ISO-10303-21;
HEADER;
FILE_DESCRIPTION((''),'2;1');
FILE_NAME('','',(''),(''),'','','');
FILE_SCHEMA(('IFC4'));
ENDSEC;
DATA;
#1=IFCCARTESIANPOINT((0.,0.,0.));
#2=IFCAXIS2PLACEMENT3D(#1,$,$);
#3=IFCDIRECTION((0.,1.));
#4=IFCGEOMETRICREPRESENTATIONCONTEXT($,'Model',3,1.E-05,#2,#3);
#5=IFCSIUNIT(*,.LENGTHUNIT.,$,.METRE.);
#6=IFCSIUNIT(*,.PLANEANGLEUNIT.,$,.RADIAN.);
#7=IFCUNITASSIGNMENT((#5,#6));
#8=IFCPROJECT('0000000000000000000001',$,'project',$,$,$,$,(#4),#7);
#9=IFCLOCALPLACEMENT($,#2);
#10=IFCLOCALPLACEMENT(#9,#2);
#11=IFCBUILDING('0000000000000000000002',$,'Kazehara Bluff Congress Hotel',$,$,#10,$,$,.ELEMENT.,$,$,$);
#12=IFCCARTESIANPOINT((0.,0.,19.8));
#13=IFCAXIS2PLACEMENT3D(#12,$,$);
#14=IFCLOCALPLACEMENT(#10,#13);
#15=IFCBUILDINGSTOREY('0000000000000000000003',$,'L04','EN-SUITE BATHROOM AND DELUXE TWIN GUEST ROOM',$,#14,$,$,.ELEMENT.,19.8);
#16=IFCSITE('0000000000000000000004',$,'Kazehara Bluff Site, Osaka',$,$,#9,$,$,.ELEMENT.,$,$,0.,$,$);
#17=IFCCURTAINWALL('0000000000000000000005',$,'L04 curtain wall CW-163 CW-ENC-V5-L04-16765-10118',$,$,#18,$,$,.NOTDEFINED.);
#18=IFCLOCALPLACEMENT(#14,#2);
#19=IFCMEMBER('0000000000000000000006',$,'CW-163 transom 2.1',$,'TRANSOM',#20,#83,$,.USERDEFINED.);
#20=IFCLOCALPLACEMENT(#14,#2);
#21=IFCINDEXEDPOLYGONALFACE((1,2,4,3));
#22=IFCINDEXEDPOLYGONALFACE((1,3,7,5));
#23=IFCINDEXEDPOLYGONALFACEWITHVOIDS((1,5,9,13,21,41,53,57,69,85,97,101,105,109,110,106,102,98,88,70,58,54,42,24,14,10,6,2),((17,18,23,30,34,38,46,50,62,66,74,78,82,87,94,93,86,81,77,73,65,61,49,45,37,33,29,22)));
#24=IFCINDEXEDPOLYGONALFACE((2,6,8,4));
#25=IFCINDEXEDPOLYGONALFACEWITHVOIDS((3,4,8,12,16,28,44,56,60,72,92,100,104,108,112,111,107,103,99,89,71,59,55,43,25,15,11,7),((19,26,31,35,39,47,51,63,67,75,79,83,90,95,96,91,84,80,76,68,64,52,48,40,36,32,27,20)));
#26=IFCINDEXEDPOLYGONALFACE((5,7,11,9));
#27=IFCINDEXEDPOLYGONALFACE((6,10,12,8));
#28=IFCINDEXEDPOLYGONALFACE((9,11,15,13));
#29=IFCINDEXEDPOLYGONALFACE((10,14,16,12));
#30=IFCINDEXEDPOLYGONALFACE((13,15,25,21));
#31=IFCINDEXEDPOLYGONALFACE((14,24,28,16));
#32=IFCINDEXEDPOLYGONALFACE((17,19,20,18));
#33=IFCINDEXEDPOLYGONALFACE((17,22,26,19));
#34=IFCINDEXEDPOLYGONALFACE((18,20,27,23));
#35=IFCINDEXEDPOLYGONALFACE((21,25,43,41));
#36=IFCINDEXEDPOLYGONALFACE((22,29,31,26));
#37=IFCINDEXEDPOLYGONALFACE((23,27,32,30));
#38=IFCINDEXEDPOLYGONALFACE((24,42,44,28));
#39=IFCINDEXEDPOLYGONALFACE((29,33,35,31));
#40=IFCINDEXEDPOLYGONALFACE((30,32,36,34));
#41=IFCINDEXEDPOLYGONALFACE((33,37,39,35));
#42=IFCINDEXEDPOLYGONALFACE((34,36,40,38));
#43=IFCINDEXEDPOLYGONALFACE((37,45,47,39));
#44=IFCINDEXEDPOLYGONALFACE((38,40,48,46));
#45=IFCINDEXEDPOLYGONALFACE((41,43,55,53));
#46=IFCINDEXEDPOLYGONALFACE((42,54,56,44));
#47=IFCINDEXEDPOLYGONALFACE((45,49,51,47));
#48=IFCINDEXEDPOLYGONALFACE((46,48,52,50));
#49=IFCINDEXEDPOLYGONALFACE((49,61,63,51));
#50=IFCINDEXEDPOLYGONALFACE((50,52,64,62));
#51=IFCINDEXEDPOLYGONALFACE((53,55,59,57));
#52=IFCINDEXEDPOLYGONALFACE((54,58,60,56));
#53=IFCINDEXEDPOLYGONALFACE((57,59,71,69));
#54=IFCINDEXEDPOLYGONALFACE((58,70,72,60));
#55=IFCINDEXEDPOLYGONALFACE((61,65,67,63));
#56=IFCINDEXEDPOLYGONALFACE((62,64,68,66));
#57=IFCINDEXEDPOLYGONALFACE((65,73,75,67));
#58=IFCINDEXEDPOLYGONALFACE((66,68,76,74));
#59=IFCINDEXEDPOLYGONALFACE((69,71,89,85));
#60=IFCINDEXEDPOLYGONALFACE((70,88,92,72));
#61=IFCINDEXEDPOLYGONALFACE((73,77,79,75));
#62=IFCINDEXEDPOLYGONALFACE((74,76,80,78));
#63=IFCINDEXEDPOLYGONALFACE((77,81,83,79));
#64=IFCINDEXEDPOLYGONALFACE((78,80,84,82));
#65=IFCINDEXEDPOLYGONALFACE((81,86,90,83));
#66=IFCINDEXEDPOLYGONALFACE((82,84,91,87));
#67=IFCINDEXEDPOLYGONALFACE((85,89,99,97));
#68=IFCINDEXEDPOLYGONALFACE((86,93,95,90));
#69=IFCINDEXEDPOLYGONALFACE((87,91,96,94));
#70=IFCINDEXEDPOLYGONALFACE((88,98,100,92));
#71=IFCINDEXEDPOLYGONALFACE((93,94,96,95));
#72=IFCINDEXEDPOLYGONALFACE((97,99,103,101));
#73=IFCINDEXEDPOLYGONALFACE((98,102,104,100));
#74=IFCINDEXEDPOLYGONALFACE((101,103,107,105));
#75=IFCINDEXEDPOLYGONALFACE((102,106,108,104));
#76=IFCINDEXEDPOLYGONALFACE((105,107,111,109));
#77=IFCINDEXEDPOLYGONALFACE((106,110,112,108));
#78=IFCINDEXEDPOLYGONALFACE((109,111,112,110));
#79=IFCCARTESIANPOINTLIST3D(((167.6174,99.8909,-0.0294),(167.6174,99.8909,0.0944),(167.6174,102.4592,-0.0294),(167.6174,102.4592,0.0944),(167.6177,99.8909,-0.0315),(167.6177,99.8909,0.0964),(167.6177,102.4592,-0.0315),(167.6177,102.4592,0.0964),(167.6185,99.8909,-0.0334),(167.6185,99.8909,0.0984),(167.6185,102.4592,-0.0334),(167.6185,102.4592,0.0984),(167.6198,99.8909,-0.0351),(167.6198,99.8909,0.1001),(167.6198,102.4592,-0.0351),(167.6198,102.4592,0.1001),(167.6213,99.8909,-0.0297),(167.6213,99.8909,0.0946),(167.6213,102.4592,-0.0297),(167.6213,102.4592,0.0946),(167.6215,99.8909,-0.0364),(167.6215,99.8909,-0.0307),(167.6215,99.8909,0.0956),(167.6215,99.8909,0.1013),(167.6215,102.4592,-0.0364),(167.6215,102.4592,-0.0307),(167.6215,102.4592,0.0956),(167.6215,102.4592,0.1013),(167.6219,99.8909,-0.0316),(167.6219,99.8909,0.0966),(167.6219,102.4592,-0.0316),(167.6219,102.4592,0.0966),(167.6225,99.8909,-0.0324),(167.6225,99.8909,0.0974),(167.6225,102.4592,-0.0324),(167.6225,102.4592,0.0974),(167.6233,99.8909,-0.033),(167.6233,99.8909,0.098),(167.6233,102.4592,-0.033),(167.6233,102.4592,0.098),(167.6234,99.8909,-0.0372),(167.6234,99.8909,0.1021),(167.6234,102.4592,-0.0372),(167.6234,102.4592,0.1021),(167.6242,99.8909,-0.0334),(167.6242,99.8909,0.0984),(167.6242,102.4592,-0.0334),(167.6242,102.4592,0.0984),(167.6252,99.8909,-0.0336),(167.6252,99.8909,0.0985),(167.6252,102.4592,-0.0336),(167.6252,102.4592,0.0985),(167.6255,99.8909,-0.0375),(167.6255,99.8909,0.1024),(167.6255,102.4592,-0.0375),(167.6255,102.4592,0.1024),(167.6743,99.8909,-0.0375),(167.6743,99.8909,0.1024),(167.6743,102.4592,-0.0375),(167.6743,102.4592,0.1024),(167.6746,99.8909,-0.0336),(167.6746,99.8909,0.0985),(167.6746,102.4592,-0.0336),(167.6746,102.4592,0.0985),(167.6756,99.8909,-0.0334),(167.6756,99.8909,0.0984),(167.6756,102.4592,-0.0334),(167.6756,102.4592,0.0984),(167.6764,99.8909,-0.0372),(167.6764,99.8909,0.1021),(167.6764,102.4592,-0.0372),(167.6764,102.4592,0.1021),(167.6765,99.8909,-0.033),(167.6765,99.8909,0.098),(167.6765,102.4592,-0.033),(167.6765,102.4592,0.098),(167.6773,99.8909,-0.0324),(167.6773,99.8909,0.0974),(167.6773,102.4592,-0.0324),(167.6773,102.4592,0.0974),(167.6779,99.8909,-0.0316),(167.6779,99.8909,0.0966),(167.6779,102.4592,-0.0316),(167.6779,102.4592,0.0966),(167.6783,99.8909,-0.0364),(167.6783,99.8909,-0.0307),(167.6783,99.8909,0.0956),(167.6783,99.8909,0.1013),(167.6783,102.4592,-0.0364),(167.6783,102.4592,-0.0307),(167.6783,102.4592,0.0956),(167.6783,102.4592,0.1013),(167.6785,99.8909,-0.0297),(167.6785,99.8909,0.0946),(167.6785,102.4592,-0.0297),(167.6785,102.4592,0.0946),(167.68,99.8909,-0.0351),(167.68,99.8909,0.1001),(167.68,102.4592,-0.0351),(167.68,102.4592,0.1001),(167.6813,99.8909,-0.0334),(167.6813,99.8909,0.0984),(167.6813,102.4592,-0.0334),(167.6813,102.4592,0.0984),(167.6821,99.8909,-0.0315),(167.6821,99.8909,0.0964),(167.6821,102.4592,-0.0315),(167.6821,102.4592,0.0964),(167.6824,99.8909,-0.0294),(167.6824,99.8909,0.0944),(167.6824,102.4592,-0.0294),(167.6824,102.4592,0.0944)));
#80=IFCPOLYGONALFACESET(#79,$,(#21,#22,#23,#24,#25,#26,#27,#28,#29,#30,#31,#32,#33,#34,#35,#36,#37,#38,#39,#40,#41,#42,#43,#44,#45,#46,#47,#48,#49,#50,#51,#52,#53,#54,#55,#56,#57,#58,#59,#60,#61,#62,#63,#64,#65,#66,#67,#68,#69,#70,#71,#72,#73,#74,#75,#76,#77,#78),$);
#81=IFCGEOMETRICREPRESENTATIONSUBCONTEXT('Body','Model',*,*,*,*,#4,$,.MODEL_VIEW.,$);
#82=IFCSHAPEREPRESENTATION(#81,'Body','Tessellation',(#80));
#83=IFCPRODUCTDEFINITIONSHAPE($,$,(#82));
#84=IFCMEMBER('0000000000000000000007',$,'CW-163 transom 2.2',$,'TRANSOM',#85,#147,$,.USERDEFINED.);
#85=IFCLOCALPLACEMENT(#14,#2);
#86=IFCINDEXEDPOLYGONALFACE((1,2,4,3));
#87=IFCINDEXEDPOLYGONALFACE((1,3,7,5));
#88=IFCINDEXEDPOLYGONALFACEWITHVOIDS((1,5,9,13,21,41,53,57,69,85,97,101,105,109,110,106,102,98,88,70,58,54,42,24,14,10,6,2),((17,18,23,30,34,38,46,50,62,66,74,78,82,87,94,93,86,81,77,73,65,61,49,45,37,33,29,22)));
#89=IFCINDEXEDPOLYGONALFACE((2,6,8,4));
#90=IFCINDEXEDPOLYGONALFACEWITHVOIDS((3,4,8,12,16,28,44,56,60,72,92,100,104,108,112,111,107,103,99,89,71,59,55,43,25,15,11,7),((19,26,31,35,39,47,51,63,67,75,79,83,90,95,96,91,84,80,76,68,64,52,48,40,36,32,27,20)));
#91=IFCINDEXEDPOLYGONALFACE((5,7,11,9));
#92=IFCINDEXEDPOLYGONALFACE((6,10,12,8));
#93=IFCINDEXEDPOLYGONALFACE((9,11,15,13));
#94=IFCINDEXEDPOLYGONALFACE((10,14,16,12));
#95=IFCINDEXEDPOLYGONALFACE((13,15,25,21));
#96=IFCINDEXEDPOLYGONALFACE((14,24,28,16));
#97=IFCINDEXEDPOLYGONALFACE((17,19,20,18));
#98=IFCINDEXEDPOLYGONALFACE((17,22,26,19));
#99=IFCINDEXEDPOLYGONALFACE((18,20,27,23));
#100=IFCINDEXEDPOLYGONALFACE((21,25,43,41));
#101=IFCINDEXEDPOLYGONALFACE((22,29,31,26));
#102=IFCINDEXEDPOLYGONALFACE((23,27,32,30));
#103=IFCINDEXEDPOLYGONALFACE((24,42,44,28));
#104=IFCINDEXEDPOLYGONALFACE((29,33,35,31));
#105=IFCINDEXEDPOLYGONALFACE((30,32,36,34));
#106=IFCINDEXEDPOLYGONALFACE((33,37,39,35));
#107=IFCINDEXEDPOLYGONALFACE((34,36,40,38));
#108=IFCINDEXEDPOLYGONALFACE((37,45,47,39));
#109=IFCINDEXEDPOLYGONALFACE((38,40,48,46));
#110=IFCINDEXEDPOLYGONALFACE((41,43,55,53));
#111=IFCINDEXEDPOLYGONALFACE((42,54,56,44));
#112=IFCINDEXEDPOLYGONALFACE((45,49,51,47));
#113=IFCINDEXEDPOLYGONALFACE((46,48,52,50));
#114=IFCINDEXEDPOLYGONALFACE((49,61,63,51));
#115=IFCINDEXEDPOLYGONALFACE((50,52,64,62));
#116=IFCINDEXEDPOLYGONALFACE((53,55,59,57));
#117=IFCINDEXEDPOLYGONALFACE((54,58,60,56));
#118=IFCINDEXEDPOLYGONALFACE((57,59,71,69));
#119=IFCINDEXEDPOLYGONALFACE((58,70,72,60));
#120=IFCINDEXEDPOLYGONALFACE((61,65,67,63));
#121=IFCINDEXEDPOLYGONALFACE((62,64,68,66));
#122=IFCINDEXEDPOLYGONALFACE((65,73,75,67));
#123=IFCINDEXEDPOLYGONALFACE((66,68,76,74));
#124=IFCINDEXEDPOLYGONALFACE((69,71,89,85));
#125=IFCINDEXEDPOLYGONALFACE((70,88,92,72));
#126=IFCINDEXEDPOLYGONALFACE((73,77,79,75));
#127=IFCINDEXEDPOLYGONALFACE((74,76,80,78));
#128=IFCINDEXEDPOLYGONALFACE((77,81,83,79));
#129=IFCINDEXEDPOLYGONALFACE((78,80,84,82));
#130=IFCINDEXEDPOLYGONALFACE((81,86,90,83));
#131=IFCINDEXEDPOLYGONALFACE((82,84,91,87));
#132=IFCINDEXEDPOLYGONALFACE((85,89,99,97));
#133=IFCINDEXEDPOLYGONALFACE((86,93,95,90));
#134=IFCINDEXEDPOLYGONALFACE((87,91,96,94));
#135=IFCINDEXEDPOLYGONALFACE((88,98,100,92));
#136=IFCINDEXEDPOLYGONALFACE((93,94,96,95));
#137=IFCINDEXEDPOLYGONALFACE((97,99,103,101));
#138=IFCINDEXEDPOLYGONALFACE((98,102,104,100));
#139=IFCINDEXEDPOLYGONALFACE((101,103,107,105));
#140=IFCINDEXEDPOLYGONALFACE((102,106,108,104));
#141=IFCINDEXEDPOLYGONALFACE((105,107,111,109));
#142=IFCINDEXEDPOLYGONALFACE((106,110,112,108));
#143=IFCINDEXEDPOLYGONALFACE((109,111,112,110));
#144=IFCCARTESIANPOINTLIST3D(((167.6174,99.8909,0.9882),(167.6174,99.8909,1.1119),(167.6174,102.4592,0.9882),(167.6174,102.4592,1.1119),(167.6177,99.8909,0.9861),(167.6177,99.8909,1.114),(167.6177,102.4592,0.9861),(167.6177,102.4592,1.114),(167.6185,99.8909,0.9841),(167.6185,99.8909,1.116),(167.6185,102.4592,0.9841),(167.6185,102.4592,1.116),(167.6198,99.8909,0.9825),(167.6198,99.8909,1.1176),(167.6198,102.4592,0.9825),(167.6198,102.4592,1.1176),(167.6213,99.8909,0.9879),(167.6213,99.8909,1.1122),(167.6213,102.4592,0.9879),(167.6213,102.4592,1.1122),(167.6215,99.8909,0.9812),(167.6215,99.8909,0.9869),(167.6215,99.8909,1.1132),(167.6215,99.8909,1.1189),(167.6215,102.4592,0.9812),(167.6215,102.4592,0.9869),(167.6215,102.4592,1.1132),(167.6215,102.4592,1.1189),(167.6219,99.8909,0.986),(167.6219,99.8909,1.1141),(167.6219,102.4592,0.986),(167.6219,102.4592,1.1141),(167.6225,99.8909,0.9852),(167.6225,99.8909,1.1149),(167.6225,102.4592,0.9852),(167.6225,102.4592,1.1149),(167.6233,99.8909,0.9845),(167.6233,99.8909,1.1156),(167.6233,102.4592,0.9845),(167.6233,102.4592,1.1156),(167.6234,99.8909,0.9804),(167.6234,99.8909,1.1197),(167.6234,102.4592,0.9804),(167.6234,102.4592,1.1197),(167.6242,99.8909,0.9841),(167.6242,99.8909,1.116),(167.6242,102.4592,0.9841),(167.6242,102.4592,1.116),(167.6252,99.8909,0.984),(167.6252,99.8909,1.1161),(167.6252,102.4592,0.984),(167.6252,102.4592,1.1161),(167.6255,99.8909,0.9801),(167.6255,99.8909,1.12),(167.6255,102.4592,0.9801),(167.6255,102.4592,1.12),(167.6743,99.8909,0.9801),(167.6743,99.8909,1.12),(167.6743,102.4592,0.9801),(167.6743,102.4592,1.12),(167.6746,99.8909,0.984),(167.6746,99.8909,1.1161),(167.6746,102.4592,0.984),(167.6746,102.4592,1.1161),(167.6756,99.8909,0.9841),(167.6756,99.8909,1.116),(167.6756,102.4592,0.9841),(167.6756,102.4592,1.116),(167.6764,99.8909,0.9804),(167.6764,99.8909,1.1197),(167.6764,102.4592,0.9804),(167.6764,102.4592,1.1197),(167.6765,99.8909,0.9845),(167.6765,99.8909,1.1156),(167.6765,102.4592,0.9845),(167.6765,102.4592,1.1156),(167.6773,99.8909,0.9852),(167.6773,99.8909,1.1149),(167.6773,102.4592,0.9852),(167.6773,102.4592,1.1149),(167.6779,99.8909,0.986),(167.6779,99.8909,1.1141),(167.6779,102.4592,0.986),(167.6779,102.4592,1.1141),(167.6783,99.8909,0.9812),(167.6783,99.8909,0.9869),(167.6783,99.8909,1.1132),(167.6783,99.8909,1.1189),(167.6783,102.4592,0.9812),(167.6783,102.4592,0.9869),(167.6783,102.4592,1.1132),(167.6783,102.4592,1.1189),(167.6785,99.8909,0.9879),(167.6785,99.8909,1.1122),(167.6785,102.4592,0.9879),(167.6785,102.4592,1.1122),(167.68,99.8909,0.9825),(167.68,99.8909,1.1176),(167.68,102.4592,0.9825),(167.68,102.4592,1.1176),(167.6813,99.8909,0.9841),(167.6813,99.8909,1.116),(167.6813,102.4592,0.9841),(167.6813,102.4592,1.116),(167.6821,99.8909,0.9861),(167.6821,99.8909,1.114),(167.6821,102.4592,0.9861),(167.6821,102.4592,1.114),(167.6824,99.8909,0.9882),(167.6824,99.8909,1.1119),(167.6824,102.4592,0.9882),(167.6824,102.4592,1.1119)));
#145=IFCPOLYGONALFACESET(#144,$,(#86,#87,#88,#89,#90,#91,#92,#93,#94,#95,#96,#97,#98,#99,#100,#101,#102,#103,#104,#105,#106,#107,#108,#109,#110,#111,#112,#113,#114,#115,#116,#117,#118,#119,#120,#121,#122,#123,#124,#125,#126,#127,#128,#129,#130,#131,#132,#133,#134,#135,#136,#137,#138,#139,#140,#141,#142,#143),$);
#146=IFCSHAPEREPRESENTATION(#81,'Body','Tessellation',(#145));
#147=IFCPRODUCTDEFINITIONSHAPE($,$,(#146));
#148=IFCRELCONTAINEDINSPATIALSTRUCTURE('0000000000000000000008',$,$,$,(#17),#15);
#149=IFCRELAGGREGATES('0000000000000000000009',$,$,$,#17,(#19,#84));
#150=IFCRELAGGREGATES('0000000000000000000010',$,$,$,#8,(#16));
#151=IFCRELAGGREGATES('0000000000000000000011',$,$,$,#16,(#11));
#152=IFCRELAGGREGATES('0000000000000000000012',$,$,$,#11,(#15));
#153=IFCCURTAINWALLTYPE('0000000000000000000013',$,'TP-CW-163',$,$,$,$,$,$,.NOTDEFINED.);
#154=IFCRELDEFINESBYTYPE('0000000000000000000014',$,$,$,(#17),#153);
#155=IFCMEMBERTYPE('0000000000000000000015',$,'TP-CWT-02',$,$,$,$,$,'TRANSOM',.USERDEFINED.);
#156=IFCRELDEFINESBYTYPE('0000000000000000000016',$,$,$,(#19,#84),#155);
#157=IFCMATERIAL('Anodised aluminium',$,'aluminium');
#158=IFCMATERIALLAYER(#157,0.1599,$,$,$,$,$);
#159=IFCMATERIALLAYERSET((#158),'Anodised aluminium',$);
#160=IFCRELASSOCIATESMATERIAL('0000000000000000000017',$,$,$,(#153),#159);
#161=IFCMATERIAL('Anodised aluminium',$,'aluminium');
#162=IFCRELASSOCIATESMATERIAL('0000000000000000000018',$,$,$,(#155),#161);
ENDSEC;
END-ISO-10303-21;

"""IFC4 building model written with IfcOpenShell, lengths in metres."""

from ifc_helpers import new_model, si_unit, direction, frame, origin, origin_2d, place, context, subcontext, project, spatial, hollow_rectangle, extrude, material, layer, layer_set, material_profile, profile_set, type_object, element, aggregate, save


model = new_model("IFC4")

# Units and contexts
model_context = context("Model", 3, precision=1e-05, world=origin(), true_north=direction((0.0, 1.0)))
body_context = subcontext(model_context, "Body", "Model", "MODEL_VIEW")
ifc_project = project(units=[si_unit("LENGTHUNIT", "METRE"), si_unit("PLANEANGLEUNIT", "RADIAN")], contexts=[model_context])

# Site, building, storey
site_placement = place(None, origin())
site = spatial("IfcSite", under=ifc_project, at=site_placement, Name="Kazehara Bluff Site, Osaka", CompositionType="ELEMENT", RefElevation=0.0)
building_placement = place(site_placement, origin())
building = spatial("IfcBuilding", under=site, at=building_placement, Name="Kazehara Bluff Congress Hotel", CompositionType="ELEMENT")
storey_placement = place(building_placement, frame((0.0, 0.0, 19.8)))
storey = spatial("IfcBuildingStorey", under=building, at=storey_placement, Name="L04", Description="EN-SUITE BATHROOM AND DELUXE TWIN GUEST ROOM", CompositionType="ELEMENT", Elevation=19.8)

# Curtain wall
ifc_material_1 = material(Name="Anodised aluminium", Category="aluminium")
ifc_layer_1 = layer(ifc_material_1, 0.1599)
ifc_layer_set_1 = layer_set([ifc_layer_1], Name="Anodised aluminium")
curtain_wall_type_1 = type_object("IfcCurtainWallType", Name="TP-CW-163", PredefinedType="NOTDEFINED", material=ifc_layer_set_1)
curtain_wall_1_placement = place(storey_placement, origin())
curtain_wall_1 = element("IfcCurtainWall", 1, at=curtain_wall_1_placement, inside=storey, type_object=curtain_wall_type_1, Name="L04 curtain wall CW-163 CW-ENC-V5-L04-16765-10118", PredefinedType="NOTDEFINED")

# Members
ifc_material_2 = material(Name="Anodised aluminium", Category="aluminium")
ifc_material_profile_1 = material_profile(ifc_material_2, hollow_rectangle(XDim=0.0649, YDim=0.1399, WallThickness=0.0039, InnerFilletRadius=0.0039, OuterFilletRadius=0.0081, at=origin_2d()))
ifc_profile_set_1 = profile_set([ifc_material_profile_1], Name="Anodised aluminium")
member_type_1 = type_object("IfcMemberType", Name="TP-CWT-02", ElementType="TRANSOM", PredefinedType="USERDEFINED", material=ifc_profile_set_1)
member_1_placement = place(storey_placement, frame((167.6499, 102.4592, 0.0325), z_axis=(0.0, -1.0, 0.0), x_axis=(1.0, 0.0, 0.0)))
member_1 = element("IfcMember", 2, at=member_1_placement, type_object=member_type_1, Name="CW-163 transom 2.1", ObjectType="TRANSOM", PredefinedType="USERDEFINED", context=body_context, shape_type="SweptSolid", body=[
    extrude(hollow_rectangle(XDim=0.0649, YDim=0.1399, WallThickness=0.0039, InnerFilletRadius=0.0039, OuterFilletRadius=0.0081, at=origin_2d()), origin(), (0.0, 0.0, 1.0), 2.5684),
])
member_2_placement = place(storey_placement, frame((167.6499, 102.4592, 1.05), z_axis=(0.0, -1.0, 0.0), x_axis=(1.0, 0.0, 0.0)))
member_2 = element("IfcMember", 3, at=member_2_placement, type_object=member_type_1, Name="CW-163 transom 2.2", ObjectType="TRANSOM", PredefinedType="USERDEFINED", context=body_context, shape_type="SweptSolid", body=[
    extrude(hollow_rectangle(XDim=0.0649, YDim=0.1399, WallThickness=0.0039, InnerFilletRadius=0.0039, OuterFilletRadius=0.0081, at=origin_2d()), origin(), (0.0, 0.0, 1.0), 2.5684),
])

aggregate(curtain_wall_1, [member_1, member_2])

save(model, "model.ifc")
